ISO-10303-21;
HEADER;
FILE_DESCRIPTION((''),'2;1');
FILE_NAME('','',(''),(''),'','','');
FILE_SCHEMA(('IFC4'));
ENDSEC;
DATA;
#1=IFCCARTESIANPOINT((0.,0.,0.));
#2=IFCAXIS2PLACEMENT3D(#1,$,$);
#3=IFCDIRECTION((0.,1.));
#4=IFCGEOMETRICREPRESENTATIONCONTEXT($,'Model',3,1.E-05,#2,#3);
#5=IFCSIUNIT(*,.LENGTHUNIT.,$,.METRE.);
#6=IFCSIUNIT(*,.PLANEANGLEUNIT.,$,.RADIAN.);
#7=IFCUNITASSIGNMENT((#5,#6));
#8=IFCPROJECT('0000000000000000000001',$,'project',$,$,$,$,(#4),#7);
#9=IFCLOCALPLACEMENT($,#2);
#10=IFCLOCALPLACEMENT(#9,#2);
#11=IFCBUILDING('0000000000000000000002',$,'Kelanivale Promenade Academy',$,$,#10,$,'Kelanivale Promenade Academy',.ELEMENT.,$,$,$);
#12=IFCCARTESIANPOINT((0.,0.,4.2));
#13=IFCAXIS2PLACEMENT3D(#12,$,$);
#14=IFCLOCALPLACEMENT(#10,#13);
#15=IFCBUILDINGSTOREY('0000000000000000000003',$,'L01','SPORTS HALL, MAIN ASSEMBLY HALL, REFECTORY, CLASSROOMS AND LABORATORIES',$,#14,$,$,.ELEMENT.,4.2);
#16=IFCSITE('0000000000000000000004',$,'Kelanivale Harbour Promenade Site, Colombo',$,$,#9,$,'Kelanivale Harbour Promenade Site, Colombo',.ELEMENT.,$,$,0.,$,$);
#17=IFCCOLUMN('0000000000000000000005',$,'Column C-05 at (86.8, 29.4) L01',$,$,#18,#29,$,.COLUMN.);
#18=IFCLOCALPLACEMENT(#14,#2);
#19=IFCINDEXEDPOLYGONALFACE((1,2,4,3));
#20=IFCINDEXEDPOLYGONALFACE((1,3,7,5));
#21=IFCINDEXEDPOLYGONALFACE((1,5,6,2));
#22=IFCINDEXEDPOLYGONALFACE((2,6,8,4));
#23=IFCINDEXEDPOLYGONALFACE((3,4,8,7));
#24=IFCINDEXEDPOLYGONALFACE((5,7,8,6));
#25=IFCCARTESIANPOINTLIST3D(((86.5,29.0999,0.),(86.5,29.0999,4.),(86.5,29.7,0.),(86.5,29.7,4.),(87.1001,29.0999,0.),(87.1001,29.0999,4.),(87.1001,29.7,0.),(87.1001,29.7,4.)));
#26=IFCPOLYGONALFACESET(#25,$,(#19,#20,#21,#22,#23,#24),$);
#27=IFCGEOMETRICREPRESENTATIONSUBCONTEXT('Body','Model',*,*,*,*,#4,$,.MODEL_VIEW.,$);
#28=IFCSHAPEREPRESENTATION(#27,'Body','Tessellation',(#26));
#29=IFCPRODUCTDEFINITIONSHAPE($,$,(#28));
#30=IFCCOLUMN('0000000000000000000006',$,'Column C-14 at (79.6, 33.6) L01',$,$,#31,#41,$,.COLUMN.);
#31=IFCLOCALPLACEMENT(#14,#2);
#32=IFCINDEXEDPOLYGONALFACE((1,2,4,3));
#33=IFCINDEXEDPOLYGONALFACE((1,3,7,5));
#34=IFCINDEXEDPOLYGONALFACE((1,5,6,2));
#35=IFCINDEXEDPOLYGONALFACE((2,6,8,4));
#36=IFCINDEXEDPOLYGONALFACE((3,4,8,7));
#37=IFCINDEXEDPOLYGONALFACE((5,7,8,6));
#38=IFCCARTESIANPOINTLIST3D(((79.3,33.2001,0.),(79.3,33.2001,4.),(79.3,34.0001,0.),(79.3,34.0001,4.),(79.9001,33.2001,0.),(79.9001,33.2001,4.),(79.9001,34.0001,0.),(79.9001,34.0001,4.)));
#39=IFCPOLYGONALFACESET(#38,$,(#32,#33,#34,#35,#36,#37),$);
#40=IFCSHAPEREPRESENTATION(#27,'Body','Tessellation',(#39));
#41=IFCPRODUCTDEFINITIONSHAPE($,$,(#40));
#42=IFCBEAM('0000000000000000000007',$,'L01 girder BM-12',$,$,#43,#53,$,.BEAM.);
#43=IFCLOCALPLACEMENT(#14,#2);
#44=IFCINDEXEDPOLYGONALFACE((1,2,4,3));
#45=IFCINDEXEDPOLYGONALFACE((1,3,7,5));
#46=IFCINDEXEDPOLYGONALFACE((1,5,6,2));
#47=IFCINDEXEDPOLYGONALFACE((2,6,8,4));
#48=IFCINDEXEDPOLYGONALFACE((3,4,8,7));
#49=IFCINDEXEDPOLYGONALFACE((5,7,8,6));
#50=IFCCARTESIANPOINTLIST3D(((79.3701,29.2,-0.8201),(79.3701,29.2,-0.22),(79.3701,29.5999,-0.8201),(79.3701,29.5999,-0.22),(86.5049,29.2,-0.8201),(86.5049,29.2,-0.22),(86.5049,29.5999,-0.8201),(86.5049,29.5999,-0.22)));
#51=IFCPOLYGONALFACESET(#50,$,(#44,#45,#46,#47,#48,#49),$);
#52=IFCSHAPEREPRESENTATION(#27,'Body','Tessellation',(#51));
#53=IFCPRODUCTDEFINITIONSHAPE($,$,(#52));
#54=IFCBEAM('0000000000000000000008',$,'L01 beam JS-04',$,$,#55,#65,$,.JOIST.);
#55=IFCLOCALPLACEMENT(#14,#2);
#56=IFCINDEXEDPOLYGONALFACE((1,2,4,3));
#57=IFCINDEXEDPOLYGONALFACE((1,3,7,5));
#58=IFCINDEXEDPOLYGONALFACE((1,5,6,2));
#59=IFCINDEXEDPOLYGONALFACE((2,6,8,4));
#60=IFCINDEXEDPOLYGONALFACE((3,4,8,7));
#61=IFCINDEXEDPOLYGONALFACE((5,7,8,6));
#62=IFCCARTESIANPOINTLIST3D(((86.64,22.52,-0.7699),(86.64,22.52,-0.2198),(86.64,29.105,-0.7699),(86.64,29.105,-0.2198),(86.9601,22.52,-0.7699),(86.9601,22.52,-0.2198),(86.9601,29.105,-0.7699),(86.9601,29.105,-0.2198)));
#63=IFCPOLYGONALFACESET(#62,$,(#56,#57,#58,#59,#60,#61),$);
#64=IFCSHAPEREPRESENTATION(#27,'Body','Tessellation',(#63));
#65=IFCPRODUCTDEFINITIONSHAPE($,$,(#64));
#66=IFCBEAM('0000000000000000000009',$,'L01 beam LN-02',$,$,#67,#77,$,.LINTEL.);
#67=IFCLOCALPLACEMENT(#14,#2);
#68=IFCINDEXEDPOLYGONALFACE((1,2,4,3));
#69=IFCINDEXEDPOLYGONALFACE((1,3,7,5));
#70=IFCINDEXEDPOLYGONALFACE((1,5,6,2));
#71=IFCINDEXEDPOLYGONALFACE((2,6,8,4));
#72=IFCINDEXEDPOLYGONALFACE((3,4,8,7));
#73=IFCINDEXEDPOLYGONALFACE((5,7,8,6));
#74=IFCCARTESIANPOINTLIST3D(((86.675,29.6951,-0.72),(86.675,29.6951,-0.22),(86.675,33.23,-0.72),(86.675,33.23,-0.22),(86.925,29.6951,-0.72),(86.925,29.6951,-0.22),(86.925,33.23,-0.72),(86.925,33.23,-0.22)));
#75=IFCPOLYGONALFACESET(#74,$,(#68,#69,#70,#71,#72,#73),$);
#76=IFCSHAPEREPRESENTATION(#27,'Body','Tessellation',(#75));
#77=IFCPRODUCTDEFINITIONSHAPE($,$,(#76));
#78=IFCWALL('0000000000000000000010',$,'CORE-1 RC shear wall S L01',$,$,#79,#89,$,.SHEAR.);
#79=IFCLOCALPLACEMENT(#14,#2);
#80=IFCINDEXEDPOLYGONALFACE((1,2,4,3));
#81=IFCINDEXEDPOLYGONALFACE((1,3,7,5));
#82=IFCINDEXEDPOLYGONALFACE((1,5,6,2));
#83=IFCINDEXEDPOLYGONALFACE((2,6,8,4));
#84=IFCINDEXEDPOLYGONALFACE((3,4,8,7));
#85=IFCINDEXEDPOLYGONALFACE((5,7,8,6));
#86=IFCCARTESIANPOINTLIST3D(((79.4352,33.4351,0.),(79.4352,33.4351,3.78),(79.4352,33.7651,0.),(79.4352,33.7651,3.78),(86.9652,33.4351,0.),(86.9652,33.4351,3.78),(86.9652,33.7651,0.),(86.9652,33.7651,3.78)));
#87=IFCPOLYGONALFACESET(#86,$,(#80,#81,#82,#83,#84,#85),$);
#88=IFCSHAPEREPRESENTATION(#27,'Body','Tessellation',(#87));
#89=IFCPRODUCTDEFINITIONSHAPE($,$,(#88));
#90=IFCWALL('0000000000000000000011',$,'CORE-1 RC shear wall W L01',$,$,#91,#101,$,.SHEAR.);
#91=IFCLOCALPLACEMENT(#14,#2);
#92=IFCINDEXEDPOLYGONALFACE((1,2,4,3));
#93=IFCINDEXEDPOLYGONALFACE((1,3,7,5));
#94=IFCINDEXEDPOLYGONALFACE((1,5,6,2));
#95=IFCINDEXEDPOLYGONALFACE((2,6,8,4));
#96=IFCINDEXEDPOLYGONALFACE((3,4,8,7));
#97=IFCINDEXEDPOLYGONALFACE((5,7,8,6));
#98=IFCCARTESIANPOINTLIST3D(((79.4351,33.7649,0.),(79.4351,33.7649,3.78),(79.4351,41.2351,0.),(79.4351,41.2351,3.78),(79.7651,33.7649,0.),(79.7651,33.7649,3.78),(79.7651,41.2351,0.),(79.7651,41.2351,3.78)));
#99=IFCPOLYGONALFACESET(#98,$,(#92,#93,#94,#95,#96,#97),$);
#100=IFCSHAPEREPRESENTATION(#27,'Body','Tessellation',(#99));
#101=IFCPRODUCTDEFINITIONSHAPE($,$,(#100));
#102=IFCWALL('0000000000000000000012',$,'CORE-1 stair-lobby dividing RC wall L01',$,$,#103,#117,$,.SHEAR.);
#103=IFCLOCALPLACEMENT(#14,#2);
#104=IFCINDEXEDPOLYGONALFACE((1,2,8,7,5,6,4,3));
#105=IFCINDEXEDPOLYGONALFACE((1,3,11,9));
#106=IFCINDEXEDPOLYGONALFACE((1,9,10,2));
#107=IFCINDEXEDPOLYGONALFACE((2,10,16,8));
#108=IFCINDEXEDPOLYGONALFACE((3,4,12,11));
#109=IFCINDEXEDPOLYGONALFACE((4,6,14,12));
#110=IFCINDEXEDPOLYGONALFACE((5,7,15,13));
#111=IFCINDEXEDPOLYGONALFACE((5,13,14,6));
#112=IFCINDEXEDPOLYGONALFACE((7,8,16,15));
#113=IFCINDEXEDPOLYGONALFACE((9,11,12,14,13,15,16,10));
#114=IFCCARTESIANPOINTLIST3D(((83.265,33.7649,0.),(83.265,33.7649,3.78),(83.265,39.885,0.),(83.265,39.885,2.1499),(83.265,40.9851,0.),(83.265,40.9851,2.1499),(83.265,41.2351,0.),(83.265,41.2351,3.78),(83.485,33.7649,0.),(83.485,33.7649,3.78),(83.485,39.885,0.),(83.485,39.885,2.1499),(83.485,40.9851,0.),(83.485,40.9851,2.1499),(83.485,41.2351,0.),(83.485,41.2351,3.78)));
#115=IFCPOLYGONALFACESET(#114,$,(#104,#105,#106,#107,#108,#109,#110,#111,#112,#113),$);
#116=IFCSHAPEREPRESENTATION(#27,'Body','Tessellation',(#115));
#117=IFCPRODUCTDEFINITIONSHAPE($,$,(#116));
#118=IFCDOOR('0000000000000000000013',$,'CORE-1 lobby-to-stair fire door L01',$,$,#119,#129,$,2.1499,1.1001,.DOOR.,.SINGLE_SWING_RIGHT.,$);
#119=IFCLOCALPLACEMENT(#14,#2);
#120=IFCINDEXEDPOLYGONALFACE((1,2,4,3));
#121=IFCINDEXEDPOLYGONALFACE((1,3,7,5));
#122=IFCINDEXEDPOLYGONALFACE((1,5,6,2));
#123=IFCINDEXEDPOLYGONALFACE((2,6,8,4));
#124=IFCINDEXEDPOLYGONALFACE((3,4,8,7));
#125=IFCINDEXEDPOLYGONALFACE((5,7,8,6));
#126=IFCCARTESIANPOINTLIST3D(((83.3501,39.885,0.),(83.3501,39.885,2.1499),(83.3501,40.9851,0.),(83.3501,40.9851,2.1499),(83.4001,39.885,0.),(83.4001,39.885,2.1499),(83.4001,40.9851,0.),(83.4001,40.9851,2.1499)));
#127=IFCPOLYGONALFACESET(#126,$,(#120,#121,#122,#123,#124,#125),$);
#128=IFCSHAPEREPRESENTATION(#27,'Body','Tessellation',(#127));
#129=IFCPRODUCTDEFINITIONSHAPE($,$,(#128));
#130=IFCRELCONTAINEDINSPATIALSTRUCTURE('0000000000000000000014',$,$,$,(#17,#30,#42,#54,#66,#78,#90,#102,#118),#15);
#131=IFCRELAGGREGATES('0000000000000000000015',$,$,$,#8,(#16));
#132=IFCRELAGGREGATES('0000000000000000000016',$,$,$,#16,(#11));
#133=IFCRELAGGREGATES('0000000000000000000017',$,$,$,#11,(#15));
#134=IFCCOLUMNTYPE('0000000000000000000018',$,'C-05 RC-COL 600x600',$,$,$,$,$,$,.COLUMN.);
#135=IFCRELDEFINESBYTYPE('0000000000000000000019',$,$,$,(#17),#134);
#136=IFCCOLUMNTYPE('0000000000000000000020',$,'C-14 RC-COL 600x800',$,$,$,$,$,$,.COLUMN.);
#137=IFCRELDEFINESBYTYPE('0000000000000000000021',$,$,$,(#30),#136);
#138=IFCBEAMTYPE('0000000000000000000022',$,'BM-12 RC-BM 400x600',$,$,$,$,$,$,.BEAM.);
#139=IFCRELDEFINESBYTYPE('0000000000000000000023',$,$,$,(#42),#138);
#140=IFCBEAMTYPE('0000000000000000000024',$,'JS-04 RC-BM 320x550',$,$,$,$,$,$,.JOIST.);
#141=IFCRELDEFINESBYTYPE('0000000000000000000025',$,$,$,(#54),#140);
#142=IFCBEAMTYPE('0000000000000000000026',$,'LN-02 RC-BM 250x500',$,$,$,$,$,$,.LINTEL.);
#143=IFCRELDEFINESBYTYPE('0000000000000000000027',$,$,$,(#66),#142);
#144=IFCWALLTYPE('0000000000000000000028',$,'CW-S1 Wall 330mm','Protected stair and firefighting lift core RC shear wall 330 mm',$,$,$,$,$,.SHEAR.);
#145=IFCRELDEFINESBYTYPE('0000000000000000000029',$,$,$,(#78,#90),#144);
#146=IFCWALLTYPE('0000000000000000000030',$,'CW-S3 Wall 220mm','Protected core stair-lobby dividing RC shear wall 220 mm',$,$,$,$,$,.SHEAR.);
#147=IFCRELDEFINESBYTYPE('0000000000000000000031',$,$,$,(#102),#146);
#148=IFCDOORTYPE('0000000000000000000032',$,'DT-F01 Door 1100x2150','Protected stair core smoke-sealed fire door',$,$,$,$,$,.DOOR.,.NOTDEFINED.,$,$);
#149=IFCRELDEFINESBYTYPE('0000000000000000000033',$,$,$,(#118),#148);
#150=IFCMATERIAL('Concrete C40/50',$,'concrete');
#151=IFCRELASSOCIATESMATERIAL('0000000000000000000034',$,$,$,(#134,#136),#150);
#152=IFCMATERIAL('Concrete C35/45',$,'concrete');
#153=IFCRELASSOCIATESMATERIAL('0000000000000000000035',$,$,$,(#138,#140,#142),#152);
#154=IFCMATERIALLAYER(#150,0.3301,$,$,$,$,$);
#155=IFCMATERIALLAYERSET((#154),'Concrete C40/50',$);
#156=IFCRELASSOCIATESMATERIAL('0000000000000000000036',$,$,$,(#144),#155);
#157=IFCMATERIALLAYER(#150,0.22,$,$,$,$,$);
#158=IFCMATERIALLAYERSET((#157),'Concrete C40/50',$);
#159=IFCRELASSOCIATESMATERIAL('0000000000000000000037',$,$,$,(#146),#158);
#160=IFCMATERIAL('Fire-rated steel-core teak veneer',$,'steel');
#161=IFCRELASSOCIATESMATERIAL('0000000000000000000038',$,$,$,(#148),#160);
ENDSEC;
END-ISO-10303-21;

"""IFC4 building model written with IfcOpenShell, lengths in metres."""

from ifc_helpers import new_model, si_unit, direction, frame, frame_2d, origin, origin_2d, place, context, subcontext, project, spatial, rectangle, extrude, material, layer, layer_set, material_profile, profile_set, type_object, element, fill, save


model = new_model("IFC4")

# Units and contexts
model_context = context("Model", 3, precision=1e-05, world=origin(), true_north=direction((0.0, 1.0)))
body_context = subcontext(model_context, "Body", "Model", "MODEL_VIEW")
ifc_project = project(units=[si_unit("LENGTHUNIT", "METRE"), si_unit("PLANEANGLEUNIT", "RADIAN")], contexts=[model_context])

# Site, building, storey
site_placement = place(None, origin())
site = spatial("IfcSite", under=ifc_project, at=site_placement, Name="Kelanivale Harbour Promenade Site, Colombo", LongName="Kelanivale Harbour Promenade Site, Colombo", CompositionType="ELEMENT", RefElevation=0.0)
building_placement = place(site_placement, origin())
building = spatial("IfcBuilding", under=site, at=building_placement, Name="Kelanivale Promenade Academy", LongName="Kelanivale Promenade Academy", CompositionType="ELEMENT")
storey_placement = place(building_placement, frame((0.0, 0.0, 4.2)))
storey = spatial("IfcBuildingStorey", under=building, at=storey_placement, Name="L01", Description="SPORTS HALL, MAIN ASSEMBLY HALL, REFECTORY, CLASSROOMS AND LABORATORIES", CompositionType="ELEMENT", Elevation=4.2)

# Columns
ifc_material_1 = material(Name="Concrete C40/50", Category="concrete")
ifc_material_profile_1 = material_profile(ifc_material_1, rectangle(XDim=0.6001, YDim=0.6001, at=origin_2d()), Name="RC-COL 600x600")
ifc_profile_set_1 = profile_set([ifc_material_profile_1], Name="Concrete C40/50")
column_type_1 = type_object("IfcColumnType", Name="C-05 RC-COL 600x600", PredefinedType="COLUMN", material=ifc_profile_set_1)
column_1_placement = place(storey_placement, frame((86.8, 29.3999, 0.0), z_axis=(0.0, 0.0, 1.0), x_axis=(1.0, 0.0, 0.0)))
element("IfcColumn", 1, at=column_1_placement, inside=storey, type_object=column_type_1, Name="Column C-05 at (86.8, 29.4) L01", PredefinedType="COLUMN", context=body_context, shape_type="SweptSolid", body=[
    extrude(rectangle(XDim=0.6001, YDim=0.6001, at=origin_2d()), origin(), (0.0, 0.0, 1.0), 4.0),
])
ifc_material_profile_2 = material_profile(ifc_material_1, rectangle(XDim=0.6001, YDim=0.8, at=origin_2d()), Name="RC-COL 600x800")
ifc_profile_set_2 = profile_set([ifc_material_profile_2], Name="Concrete C40/50")
column_type_2 = type_object("IfcColumnType", Name="C-14 RC-COL 600x800", PredefinedType="COLUMN", material=ifc_profile_set_2)
column_2_placement = place(storey_placement, frame((79.6001, 33.6001, 0.0), z_axis=(0.0, 0.0, 1.0), x_axis=(1.0, 0.0, 0.0)))
element("IfcColumn", 2, at=column_2_placement, inside=storey, type_object=column_type_2, Name="Column C-14 at (79.6, 33.6) L01", PredefinedType="COLUMN", context=body_context, shape_type="SweptSolid", body=[
    extrude(rectangle(XDim=0.6001, YDim=0.8, at=origin_2d()), origin(), (0.0, 0.0, 1.0), 4.0),
])

# Beams
ifc_material_2 = material(Name="Concrete C35/45", Category="concrete")
ifc_material_profile_3 = material_profile(ifc_material_2, rectangle(XDim=0.3999, YDim=0.6001, at=origin_2d()), Name="RC-BM 400x600")
ifc_profile_set_3 = profile_set([ifc_material_profile_3], Name="Concrete C35/45")
beam_type_1 = type_object("IfcBeamType", Name="BM-12 RC-BM 400x600", PredefinedType="BEAM", material=ifc_profile_set_3)
beam_1_placement = place(storey_placement, frame((79.3701, 29.3999, -0.52), z_axis=(1.0, 0.0, 0.0), x_axis=(0.0, 1.0, 0.0)))
element("IfcBeam", 3, at=beam_1_placement, inside=storey, type_object=beam_type_1, Name="L01 girder BM-12", PredefinedType="BEAM", context=body_context, shape_type="SweptSolid", body=[
    extrude(rectangle(XDim=0.3999, YDim=0.6001, at=origin_2d()), origin(), (0.0, 0.0, 1.0), 7.1348),
])
ifc_material_profile_4 = material_profile(ifc_material_2, rectangle(XDim=0.3201, YDim=0.55, at=origin_2d()), Name="RC-BM 320x550")
ifc_profile_set_4 = profile_set([ifc_material_profile_4], Name="Concrete C35/45")
beam_type_2 = type_object("IfcBeamType", Name="JS-04 RC-BM 320x550", PredefinedType="JOIST", material=ifc_profile_set_4)
beam_2_placement = place(storey_placement, frame((86.8, 22.52, -0.4949), z_axis=(0.0, 1.0, 0.0), x_axis=(-1.0, 0.0, 0.0)))
element("IfcBeam", 4, at=beam_2_placement, inside=storey, type_object=beam_type_2, Name="L01 beam JS-04", PredefinedType="JOIST", context=body_context, shape_type="SweptSolid", body=[
    extrude(rectangle(XDim=0.3201, YDim=0.55, at=origin_2d()), origin(), (0.0, 0.0, 1.0), 6.585),
])
ifc_material_profile_5 = material_profile(ifc_material_2, rectangle(XDim=0.25, YDim=0.5, at=origin_2d()), Name="RC-BM 250x500")
ifc_profile_set_5 = profile_set([ifc_material_profile_5], Name="Concrete C35/45")
beam_type_3 = type_object("IfcBeamType", Name="LN-02 RC-BM 250x500", PredefinedType="LINTEL", material=ifc_profile_set_5)
beam_3_placement = place(storey_placement, frame((86.8, 29.6951, -0.47), z_axis=(0.0, 1.0, 0.0), x_axis=(-1.0, 0.0, 0.0)))
element("IfcBeam", 5, at=beam_3_placement, inside=storey, type_object=beam_type_3, Name="L01 beam LN-02", PredefinedType="LINTEL", context=body_context, shape_type="SweptSolid", body=[
    extrude(rectangle(XDim=0.25, YDim=0.5, at=origin_2d()), origin(), (0.0, 0.0, 1.0), 3.5349),
])

# Walls
ifc_layer_1 = layer(ifc_material_1, 0.3301)
ifc_layer_set_1 = layer_set([ifc_layer_1], Name="Concrete C40/50")
wall_type_1 = type_object("IfcWallType", Name="CW-S1 Wall 330mm", Description="Protected stair and firefighting lift core RC shear wall 330 mm", PredefinedType="SHEAR", material=ifc_layer_set_1)
wall_1_placement = place(storey_placement, frame((79.4351, 33.6001, 0.0), z_axis=(0.0, 0.0, 1.0), x_axis=(1.0, 0.0, 0.0)))
element("IfcWall", 6, at=wall_1_placement, inside=storey, type_object=wall_type_1, Name="CORE-1 RC shear wall S L01", PredefinedType="SHEAR", context=body_context, shape_type="SweptSolid", body=[
    extrude(rectangle(XDim=7.53, YDim=0.3301, at=frame_2d((3.7651, 0.0))), origin(), (0.0, 0.0, 1.0), 3.78),
])
wall_2_placement = place(storey_placement, frame((79.6001, 33.7649, 0.0), z_axis=(0.0, 0.0, 1.0), x_axis=(0.0, 1.0, 0.0)))
element("IfcWall", 7, at=wall_2_placement, inside=storey, type_object=wall_type_1, Name="CORE-1 RC shear wall W L01", PredefinedType="SHEAR", context=body_context, shape_type="SweptSolid", body=[
    extrude(rectangle(XDim=7.4702, YDim=0.3301, at=frame_2d((3.7351, 0.0))), origin(), (0.0, 0.0, 1.0), 3.78),
])

# Wall, opening, door
ifc_layer_2 = layer(ifc_material_1, 0.22)
ifc_layer_set_2 = layer_set([ifc_layer_2], Name="Concrete C40/50")
wall_type_2 = type_object("IfcWallType", Name="CW-S3 Wall 220mm", Description="Protected core stair-lobby dividing RC shear wall 220 mm", PredefinedType="SHEAR", material=ifc_layer_set_2)
wall_3_placement = place(storey_placement, frame((83.375, 33.7649, 0.0), z_axis=(0.0, 0.0, 1.0), x_axis=(0.0, 1.0, 0.0)))
wall_3 = element("IfcWall", 8, at=wall_3_placement, inside=storey, type_object=wall_type_2, Name="CORE-1 stair-lobby dividing RC wall L01", PredefinedType="SHEAR", context=body_context, shape_type="SweptSolid", body=[
    extrude(rectangle(XDim=7.4702, YDim=0.22, at=frame_2d((3.7351, 0.0))), origin(), (0.0, 0.0, 1.0), 3.78),
])
opening_1_placement = place(wall_3_placement, frame((6.1201, 0.0, 0.0)))
opening_1 = element("IfcOpeningElement", 9, at=opening_1_placement, cuts=wall_3, PredefinedType="OPENING", context=body_context, shape_type="SweptSolid", body=[
    extrude(rectangle(XDim=1.1001, YDim=2.1499, at=frame_2d((0.55, 1.075))), frame((0.0, 0.1201, 0.0), z_axis=(0.0, -1.0, 0.0), x_axis=(1.0, 0.0, 0.0)), (0.0, 0.0, 1.0), 0.24),
])
ifc_material_3 = material(Name="Fire-rated steel-core teak veneer", Category="steel")
door_type_1 = type_object("IfcDoorType", Name="DT-F01 Door 1100x2150", Description="Protected stair core smoke-sealed fire door", OperationType="NOTDEFINED", PredefinedType="DOOR", material=ifc_material_3)
door_1_placement = place(opening_1_placement, origin())
door_1 = element("IfcDoor", 10, at=door_1_placement, inside=storey, type_object=door_type_1, Name="CORE-1 lobby-to-stair fire door L01", OperationType="SINGLE_SWING_RIGHT", OverallHeight=2.1499, OverallWidth=1.1001, PredefinedType="DOOR", context=body_context, shape_type="SweptSolid", body=[
    extrude(rectangle(XDim=1.1001, YDim=2.1499, at=frame_2d((0.55, 1.075))), frame((0.0, 0.0249, 0.0), z_axis=(0.0, -1.0, 0.0), x_axis=(1.0, 0.0, 0.0)), (0.0, 0.0, 1.0), 0.05),
])
fill(opening_1, door_1)

save(model, "model.ifc")
